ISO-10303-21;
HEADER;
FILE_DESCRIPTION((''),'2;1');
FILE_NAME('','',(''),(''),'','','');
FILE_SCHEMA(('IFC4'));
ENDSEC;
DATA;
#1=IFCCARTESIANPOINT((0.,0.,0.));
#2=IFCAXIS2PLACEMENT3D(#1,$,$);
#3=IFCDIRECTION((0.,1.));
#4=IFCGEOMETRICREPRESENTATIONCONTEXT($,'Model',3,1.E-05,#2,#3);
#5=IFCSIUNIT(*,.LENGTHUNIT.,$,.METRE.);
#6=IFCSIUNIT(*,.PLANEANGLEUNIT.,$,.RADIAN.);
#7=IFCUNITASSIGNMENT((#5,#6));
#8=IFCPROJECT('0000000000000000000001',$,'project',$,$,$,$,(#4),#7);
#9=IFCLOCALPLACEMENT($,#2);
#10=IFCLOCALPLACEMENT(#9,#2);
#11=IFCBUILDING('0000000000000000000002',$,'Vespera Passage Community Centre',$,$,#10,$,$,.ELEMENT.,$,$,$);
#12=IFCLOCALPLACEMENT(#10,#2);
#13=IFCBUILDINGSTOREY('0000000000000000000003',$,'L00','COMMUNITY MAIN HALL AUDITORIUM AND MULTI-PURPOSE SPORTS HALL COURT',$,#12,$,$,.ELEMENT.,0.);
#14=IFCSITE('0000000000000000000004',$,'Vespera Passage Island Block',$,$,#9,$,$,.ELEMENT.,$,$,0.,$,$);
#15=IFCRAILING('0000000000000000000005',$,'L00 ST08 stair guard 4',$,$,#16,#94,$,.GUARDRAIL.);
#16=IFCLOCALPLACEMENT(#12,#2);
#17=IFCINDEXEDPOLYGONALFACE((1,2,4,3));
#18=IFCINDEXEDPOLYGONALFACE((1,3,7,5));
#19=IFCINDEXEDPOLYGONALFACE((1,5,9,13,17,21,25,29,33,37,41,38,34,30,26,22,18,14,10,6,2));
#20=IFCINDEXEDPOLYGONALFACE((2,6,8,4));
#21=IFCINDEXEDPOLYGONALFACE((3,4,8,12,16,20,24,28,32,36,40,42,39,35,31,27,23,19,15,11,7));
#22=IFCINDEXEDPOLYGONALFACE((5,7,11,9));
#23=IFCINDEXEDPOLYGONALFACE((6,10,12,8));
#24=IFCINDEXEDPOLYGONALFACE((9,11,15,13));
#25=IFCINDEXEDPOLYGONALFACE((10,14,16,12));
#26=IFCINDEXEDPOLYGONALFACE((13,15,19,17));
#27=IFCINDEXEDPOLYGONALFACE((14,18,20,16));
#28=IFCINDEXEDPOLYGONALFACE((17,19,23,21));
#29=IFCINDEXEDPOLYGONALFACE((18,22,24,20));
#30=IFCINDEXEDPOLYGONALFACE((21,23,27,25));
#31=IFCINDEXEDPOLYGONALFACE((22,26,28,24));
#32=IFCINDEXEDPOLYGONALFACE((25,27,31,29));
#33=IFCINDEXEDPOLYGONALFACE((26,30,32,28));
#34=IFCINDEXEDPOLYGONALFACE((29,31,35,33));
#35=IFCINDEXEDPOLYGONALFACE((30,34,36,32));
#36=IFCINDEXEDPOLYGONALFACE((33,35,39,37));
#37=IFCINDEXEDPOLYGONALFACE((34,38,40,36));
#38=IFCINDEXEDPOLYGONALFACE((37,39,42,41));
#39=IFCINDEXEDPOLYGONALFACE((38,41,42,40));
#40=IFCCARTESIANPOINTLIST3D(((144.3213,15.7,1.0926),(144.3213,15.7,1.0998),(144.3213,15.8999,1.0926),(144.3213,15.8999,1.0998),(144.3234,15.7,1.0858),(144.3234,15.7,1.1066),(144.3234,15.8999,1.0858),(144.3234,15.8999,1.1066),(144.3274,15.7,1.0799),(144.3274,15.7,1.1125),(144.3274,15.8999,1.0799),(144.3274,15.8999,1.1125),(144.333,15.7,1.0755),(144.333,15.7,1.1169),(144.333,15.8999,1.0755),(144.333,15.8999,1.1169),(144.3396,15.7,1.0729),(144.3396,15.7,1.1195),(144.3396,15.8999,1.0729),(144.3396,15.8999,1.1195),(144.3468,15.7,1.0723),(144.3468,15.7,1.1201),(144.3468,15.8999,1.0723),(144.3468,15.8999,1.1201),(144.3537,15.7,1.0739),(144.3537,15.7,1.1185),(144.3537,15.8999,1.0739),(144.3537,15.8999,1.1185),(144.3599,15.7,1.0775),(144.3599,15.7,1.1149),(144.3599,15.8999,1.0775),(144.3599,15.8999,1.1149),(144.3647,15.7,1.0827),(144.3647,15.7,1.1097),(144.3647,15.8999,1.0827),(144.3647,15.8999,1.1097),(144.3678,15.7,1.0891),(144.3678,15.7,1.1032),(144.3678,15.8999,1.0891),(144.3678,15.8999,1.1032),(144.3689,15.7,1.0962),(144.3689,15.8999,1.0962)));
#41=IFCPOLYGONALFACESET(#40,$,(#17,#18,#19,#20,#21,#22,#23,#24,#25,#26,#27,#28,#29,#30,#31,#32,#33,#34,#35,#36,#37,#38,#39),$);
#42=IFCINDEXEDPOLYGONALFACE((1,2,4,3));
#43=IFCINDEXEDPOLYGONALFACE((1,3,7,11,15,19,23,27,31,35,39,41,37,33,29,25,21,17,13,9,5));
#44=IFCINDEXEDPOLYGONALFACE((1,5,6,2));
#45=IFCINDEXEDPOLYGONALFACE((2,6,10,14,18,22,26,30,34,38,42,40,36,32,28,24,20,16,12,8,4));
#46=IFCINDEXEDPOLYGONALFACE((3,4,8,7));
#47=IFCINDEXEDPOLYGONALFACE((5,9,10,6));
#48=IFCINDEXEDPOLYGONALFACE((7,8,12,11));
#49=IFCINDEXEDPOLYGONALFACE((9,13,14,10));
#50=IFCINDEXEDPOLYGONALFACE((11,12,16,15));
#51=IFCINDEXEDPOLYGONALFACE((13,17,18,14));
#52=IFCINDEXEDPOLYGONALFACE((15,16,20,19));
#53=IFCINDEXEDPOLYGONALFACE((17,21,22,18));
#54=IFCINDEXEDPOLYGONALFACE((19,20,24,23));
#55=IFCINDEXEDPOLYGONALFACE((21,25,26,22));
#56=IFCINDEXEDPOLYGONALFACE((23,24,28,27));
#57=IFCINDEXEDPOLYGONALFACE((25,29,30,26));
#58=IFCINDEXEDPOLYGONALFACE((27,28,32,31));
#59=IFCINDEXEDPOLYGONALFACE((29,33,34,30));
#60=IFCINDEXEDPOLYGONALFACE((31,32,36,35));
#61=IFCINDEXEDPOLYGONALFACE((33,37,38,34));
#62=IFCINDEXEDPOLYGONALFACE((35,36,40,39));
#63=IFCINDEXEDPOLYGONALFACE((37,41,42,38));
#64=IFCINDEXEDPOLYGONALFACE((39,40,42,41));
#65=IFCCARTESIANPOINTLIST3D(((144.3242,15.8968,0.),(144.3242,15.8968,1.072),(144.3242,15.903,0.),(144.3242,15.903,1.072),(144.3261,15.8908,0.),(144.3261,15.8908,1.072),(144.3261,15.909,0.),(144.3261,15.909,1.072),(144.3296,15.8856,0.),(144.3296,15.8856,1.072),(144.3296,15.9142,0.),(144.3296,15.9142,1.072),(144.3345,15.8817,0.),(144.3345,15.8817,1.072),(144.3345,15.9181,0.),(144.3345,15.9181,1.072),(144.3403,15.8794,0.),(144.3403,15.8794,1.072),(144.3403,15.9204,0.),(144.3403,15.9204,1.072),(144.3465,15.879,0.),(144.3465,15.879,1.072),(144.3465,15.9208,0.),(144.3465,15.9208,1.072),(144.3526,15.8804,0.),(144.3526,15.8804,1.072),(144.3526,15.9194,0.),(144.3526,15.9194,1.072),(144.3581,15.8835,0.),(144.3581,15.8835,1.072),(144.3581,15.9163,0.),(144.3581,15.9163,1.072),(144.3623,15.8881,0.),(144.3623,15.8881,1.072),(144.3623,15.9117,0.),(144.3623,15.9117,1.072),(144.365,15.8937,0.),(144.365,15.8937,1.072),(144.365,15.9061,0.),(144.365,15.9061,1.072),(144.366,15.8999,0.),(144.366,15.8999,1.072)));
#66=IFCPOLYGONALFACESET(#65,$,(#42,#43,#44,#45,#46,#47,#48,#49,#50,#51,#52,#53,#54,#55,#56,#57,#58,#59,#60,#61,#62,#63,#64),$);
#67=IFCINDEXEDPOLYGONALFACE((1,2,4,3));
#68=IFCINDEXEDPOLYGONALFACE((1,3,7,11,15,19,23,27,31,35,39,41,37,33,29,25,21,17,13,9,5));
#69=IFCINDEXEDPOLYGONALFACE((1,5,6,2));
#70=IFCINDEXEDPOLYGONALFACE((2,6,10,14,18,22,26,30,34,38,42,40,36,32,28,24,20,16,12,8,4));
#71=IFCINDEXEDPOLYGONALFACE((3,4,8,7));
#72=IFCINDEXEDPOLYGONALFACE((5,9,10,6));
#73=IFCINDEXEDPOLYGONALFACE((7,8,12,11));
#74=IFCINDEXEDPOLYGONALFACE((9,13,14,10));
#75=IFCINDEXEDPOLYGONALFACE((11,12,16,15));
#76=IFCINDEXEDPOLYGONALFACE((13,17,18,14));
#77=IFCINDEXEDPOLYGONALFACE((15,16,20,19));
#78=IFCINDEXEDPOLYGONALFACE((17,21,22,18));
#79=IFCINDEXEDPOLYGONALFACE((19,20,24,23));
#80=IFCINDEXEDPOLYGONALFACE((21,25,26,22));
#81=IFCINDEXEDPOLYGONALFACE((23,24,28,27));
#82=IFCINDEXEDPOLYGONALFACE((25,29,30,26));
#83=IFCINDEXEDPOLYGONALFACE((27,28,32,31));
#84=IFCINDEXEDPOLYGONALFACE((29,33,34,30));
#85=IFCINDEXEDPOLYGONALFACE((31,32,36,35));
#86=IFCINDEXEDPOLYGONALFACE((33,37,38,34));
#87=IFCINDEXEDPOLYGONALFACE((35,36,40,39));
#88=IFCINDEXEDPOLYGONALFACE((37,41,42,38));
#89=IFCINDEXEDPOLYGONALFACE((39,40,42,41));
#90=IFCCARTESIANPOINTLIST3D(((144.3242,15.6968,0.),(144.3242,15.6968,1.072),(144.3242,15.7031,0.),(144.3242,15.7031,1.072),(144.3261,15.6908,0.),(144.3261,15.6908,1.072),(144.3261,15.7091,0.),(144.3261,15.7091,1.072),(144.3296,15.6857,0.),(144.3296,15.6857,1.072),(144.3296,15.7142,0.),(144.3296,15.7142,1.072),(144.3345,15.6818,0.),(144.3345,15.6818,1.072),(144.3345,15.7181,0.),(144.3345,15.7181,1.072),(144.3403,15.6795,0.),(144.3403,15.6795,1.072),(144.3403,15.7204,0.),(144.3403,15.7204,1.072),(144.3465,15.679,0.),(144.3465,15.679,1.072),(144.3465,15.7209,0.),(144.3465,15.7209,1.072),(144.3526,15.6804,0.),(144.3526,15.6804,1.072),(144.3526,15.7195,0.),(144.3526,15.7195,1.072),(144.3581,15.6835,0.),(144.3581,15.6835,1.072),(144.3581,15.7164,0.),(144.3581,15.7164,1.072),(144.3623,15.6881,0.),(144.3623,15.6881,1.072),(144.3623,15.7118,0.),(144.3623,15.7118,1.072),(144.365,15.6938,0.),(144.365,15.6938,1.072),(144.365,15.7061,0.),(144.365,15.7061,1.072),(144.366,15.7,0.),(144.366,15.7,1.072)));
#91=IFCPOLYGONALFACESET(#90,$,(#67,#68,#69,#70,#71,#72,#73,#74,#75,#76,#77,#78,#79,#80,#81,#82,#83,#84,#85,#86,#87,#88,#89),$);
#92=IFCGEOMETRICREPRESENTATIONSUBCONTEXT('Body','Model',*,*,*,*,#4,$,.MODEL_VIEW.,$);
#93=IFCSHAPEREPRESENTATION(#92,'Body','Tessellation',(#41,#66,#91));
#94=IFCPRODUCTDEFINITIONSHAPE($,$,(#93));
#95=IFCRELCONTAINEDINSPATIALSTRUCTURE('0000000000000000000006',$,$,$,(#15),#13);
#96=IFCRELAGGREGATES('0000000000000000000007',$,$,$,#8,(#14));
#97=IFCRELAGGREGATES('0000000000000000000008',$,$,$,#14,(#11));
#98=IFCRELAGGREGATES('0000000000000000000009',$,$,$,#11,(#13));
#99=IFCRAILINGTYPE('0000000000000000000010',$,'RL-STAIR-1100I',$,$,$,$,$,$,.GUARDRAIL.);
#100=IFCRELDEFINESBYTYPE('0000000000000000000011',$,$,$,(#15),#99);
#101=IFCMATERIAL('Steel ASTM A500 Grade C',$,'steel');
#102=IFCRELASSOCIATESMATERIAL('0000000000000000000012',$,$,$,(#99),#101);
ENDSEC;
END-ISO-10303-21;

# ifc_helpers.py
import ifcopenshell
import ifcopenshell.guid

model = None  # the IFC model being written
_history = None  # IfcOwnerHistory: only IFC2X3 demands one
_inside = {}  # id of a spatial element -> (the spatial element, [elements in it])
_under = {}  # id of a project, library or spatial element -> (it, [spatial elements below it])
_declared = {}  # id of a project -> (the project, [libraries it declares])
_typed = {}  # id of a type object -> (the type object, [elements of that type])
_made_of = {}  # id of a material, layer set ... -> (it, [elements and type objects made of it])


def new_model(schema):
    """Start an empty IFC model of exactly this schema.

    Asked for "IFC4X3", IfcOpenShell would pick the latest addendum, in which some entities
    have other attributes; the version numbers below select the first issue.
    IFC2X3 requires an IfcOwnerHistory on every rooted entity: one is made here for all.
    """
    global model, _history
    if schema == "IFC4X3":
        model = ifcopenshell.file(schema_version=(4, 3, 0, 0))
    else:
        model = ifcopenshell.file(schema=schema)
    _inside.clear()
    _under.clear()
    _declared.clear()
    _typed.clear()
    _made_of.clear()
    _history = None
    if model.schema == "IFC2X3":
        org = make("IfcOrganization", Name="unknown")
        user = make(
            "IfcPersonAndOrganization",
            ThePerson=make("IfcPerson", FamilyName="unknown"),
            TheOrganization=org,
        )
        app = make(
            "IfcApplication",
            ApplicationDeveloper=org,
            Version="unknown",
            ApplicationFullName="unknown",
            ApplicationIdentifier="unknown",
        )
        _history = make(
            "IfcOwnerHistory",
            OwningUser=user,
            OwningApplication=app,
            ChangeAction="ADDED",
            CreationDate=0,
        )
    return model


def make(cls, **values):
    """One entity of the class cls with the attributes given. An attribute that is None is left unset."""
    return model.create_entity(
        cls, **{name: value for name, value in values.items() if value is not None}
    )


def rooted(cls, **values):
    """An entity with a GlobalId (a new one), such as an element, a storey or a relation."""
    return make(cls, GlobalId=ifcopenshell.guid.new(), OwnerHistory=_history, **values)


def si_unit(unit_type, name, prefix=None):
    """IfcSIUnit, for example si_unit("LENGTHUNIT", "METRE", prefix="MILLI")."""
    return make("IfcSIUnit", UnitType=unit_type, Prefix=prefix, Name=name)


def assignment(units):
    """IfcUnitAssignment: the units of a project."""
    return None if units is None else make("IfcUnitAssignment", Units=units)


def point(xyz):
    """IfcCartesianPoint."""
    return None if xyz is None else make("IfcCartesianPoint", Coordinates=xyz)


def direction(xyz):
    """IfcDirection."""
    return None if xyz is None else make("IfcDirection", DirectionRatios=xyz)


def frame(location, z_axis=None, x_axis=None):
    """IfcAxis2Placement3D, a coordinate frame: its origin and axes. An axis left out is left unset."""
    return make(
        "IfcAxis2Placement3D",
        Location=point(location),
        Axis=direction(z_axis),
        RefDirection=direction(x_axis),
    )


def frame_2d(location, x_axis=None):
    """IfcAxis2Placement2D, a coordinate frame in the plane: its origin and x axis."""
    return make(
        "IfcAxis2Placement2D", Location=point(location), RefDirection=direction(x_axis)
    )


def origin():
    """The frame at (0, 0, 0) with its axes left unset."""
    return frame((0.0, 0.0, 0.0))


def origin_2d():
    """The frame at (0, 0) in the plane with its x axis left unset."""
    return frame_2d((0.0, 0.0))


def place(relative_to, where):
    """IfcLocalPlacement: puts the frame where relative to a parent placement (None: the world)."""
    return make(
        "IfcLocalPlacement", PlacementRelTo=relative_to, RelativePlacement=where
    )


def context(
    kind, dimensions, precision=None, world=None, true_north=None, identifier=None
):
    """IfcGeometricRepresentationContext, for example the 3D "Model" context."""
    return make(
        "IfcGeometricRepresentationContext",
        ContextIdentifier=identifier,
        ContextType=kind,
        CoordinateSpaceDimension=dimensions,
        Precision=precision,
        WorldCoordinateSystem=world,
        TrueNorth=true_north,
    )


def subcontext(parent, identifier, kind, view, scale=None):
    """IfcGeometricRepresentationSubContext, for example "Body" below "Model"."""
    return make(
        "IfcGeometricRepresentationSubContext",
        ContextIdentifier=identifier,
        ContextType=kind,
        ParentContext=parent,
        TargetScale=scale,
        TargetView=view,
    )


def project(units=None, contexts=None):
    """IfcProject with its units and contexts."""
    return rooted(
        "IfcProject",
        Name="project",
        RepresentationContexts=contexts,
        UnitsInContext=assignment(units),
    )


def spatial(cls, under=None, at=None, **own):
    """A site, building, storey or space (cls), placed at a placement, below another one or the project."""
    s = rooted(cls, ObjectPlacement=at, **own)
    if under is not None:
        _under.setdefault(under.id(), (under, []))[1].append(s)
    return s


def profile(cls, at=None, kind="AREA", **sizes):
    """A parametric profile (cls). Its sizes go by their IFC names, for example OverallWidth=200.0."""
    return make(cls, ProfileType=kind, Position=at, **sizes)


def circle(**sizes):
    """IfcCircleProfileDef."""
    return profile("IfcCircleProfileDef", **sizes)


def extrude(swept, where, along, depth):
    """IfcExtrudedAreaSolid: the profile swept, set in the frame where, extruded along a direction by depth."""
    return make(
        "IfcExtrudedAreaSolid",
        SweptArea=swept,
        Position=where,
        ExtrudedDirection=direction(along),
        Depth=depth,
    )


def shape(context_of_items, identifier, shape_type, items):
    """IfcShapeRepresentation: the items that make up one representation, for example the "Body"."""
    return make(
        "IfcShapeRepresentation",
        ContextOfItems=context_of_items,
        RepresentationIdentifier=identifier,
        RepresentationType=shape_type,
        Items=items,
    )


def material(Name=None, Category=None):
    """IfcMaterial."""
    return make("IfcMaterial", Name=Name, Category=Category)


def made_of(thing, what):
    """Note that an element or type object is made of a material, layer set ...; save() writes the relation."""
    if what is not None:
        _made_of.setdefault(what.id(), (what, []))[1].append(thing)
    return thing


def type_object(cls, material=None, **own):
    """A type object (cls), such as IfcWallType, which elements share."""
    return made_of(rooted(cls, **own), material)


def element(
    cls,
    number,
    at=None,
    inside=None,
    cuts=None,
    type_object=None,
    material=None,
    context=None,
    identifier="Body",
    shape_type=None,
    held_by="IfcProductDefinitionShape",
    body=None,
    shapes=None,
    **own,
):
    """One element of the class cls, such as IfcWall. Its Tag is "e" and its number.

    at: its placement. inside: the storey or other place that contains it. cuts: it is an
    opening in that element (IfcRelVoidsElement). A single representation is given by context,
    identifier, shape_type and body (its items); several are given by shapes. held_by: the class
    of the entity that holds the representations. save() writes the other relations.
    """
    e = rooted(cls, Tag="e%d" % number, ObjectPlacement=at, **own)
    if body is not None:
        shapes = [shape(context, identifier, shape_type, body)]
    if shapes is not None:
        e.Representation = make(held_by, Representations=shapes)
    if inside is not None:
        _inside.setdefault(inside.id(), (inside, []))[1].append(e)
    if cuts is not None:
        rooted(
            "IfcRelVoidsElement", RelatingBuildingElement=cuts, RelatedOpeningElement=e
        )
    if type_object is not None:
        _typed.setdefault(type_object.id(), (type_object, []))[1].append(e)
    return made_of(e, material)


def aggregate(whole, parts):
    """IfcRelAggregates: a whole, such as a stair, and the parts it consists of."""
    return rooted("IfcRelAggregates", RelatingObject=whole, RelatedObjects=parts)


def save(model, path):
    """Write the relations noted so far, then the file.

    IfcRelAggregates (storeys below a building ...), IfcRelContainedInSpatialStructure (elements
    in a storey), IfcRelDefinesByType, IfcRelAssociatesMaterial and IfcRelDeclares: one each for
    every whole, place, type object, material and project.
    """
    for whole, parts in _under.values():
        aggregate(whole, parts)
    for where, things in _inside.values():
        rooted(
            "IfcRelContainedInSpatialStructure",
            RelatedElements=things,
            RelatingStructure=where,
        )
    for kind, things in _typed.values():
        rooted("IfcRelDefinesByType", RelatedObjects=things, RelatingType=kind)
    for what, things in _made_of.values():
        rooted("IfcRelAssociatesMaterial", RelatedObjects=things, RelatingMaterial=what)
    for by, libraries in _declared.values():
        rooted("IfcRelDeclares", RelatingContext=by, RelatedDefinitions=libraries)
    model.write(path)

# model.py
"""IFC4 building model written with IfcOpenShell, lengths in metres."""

from ifc_helpers import new_model, si_unit, direction, frame, origin, origin_2d, place, context, subcontext, project, spatial, circle, extrude, material, type_object, element, save


model = new_model("IFC4")

# Units and contexts
model_context = context("Model", 3, precision=1e-05, world=origin(), true_north=direction((0.0, 1.0)))
body_context = subcontext(model_context, "Body", "Model", "MODEL_VIEW")
ifc_project = project(units=[si_unit("LENGTHUNIT", "METRE"), si_unit("PLANEANGLEUNIT", "RADIAN")], contexts=[model_context])

# Site, building, storey
site_placement = place(None, origin())
site = spatial("IfcSite", under=ifc_project, at=site_placement, Name="Vespera Passage Island Block", CompositionType="ELEMENT", RefElevation=0.0)
building_placement = place(site_placement, origin())
building = spatial("IfcBuilding", under=site, at=building_placement, Name="Vespera Passage Community Centre", CompositionType="ELEMENT")
storey_placement = place(building_placement, origin())
storey = spatial("IfcBuildingStorey", under=building, at=storey_placement, Name="L00", Description="COMMUNITY MAIN HALL AUDITORIUM AND MULTI-PURPOSE SPORTS HALL COURT", CompositionType="ELEMENT", Elevation=0.0)

# Railing
ifc_material_1 = material(Name="Steel ASTM A500 Grade C", Category="steel")
railing_type_1 = type_object("IfcRailingType", Name="RL-STAIR-1100I", PredefinedType="GUARDRAIL", material=ifc_material_1)
railing_1_placement = place(storey_placement, frame((144.345, 15.8999, 0.0)))
element("IfcRailing", 1, at=railing_1_placement, inside=storey, type_object=railing_type_1, Name="L00 ST08 stair guard 4", PredefinedType="GUARDRAIL", context=body_context, shape_type="SweptSolid", body=[
    extrude(circle(Radius=0.0239, at=origin_2d()), frame((0.0, 0.0, 1.0962), z_axis=(0.0, -1.0, 0.0), x_axis=(1.0, 0.0, 0.0)), (0.0, 0.0, 1.0), 0.2),
    extrude(circle(Radius=0.021, at=origin_2d()), origin(), (0.0, 0.0, 1.0), 1.072),
    extrude(circle(Radius=0.021, at=origin_2d()), frame((0.0, -0.2, 0.0)), (0.0, 0.0, 1.0), 1.072),
])

save(model, "model.ifc")
